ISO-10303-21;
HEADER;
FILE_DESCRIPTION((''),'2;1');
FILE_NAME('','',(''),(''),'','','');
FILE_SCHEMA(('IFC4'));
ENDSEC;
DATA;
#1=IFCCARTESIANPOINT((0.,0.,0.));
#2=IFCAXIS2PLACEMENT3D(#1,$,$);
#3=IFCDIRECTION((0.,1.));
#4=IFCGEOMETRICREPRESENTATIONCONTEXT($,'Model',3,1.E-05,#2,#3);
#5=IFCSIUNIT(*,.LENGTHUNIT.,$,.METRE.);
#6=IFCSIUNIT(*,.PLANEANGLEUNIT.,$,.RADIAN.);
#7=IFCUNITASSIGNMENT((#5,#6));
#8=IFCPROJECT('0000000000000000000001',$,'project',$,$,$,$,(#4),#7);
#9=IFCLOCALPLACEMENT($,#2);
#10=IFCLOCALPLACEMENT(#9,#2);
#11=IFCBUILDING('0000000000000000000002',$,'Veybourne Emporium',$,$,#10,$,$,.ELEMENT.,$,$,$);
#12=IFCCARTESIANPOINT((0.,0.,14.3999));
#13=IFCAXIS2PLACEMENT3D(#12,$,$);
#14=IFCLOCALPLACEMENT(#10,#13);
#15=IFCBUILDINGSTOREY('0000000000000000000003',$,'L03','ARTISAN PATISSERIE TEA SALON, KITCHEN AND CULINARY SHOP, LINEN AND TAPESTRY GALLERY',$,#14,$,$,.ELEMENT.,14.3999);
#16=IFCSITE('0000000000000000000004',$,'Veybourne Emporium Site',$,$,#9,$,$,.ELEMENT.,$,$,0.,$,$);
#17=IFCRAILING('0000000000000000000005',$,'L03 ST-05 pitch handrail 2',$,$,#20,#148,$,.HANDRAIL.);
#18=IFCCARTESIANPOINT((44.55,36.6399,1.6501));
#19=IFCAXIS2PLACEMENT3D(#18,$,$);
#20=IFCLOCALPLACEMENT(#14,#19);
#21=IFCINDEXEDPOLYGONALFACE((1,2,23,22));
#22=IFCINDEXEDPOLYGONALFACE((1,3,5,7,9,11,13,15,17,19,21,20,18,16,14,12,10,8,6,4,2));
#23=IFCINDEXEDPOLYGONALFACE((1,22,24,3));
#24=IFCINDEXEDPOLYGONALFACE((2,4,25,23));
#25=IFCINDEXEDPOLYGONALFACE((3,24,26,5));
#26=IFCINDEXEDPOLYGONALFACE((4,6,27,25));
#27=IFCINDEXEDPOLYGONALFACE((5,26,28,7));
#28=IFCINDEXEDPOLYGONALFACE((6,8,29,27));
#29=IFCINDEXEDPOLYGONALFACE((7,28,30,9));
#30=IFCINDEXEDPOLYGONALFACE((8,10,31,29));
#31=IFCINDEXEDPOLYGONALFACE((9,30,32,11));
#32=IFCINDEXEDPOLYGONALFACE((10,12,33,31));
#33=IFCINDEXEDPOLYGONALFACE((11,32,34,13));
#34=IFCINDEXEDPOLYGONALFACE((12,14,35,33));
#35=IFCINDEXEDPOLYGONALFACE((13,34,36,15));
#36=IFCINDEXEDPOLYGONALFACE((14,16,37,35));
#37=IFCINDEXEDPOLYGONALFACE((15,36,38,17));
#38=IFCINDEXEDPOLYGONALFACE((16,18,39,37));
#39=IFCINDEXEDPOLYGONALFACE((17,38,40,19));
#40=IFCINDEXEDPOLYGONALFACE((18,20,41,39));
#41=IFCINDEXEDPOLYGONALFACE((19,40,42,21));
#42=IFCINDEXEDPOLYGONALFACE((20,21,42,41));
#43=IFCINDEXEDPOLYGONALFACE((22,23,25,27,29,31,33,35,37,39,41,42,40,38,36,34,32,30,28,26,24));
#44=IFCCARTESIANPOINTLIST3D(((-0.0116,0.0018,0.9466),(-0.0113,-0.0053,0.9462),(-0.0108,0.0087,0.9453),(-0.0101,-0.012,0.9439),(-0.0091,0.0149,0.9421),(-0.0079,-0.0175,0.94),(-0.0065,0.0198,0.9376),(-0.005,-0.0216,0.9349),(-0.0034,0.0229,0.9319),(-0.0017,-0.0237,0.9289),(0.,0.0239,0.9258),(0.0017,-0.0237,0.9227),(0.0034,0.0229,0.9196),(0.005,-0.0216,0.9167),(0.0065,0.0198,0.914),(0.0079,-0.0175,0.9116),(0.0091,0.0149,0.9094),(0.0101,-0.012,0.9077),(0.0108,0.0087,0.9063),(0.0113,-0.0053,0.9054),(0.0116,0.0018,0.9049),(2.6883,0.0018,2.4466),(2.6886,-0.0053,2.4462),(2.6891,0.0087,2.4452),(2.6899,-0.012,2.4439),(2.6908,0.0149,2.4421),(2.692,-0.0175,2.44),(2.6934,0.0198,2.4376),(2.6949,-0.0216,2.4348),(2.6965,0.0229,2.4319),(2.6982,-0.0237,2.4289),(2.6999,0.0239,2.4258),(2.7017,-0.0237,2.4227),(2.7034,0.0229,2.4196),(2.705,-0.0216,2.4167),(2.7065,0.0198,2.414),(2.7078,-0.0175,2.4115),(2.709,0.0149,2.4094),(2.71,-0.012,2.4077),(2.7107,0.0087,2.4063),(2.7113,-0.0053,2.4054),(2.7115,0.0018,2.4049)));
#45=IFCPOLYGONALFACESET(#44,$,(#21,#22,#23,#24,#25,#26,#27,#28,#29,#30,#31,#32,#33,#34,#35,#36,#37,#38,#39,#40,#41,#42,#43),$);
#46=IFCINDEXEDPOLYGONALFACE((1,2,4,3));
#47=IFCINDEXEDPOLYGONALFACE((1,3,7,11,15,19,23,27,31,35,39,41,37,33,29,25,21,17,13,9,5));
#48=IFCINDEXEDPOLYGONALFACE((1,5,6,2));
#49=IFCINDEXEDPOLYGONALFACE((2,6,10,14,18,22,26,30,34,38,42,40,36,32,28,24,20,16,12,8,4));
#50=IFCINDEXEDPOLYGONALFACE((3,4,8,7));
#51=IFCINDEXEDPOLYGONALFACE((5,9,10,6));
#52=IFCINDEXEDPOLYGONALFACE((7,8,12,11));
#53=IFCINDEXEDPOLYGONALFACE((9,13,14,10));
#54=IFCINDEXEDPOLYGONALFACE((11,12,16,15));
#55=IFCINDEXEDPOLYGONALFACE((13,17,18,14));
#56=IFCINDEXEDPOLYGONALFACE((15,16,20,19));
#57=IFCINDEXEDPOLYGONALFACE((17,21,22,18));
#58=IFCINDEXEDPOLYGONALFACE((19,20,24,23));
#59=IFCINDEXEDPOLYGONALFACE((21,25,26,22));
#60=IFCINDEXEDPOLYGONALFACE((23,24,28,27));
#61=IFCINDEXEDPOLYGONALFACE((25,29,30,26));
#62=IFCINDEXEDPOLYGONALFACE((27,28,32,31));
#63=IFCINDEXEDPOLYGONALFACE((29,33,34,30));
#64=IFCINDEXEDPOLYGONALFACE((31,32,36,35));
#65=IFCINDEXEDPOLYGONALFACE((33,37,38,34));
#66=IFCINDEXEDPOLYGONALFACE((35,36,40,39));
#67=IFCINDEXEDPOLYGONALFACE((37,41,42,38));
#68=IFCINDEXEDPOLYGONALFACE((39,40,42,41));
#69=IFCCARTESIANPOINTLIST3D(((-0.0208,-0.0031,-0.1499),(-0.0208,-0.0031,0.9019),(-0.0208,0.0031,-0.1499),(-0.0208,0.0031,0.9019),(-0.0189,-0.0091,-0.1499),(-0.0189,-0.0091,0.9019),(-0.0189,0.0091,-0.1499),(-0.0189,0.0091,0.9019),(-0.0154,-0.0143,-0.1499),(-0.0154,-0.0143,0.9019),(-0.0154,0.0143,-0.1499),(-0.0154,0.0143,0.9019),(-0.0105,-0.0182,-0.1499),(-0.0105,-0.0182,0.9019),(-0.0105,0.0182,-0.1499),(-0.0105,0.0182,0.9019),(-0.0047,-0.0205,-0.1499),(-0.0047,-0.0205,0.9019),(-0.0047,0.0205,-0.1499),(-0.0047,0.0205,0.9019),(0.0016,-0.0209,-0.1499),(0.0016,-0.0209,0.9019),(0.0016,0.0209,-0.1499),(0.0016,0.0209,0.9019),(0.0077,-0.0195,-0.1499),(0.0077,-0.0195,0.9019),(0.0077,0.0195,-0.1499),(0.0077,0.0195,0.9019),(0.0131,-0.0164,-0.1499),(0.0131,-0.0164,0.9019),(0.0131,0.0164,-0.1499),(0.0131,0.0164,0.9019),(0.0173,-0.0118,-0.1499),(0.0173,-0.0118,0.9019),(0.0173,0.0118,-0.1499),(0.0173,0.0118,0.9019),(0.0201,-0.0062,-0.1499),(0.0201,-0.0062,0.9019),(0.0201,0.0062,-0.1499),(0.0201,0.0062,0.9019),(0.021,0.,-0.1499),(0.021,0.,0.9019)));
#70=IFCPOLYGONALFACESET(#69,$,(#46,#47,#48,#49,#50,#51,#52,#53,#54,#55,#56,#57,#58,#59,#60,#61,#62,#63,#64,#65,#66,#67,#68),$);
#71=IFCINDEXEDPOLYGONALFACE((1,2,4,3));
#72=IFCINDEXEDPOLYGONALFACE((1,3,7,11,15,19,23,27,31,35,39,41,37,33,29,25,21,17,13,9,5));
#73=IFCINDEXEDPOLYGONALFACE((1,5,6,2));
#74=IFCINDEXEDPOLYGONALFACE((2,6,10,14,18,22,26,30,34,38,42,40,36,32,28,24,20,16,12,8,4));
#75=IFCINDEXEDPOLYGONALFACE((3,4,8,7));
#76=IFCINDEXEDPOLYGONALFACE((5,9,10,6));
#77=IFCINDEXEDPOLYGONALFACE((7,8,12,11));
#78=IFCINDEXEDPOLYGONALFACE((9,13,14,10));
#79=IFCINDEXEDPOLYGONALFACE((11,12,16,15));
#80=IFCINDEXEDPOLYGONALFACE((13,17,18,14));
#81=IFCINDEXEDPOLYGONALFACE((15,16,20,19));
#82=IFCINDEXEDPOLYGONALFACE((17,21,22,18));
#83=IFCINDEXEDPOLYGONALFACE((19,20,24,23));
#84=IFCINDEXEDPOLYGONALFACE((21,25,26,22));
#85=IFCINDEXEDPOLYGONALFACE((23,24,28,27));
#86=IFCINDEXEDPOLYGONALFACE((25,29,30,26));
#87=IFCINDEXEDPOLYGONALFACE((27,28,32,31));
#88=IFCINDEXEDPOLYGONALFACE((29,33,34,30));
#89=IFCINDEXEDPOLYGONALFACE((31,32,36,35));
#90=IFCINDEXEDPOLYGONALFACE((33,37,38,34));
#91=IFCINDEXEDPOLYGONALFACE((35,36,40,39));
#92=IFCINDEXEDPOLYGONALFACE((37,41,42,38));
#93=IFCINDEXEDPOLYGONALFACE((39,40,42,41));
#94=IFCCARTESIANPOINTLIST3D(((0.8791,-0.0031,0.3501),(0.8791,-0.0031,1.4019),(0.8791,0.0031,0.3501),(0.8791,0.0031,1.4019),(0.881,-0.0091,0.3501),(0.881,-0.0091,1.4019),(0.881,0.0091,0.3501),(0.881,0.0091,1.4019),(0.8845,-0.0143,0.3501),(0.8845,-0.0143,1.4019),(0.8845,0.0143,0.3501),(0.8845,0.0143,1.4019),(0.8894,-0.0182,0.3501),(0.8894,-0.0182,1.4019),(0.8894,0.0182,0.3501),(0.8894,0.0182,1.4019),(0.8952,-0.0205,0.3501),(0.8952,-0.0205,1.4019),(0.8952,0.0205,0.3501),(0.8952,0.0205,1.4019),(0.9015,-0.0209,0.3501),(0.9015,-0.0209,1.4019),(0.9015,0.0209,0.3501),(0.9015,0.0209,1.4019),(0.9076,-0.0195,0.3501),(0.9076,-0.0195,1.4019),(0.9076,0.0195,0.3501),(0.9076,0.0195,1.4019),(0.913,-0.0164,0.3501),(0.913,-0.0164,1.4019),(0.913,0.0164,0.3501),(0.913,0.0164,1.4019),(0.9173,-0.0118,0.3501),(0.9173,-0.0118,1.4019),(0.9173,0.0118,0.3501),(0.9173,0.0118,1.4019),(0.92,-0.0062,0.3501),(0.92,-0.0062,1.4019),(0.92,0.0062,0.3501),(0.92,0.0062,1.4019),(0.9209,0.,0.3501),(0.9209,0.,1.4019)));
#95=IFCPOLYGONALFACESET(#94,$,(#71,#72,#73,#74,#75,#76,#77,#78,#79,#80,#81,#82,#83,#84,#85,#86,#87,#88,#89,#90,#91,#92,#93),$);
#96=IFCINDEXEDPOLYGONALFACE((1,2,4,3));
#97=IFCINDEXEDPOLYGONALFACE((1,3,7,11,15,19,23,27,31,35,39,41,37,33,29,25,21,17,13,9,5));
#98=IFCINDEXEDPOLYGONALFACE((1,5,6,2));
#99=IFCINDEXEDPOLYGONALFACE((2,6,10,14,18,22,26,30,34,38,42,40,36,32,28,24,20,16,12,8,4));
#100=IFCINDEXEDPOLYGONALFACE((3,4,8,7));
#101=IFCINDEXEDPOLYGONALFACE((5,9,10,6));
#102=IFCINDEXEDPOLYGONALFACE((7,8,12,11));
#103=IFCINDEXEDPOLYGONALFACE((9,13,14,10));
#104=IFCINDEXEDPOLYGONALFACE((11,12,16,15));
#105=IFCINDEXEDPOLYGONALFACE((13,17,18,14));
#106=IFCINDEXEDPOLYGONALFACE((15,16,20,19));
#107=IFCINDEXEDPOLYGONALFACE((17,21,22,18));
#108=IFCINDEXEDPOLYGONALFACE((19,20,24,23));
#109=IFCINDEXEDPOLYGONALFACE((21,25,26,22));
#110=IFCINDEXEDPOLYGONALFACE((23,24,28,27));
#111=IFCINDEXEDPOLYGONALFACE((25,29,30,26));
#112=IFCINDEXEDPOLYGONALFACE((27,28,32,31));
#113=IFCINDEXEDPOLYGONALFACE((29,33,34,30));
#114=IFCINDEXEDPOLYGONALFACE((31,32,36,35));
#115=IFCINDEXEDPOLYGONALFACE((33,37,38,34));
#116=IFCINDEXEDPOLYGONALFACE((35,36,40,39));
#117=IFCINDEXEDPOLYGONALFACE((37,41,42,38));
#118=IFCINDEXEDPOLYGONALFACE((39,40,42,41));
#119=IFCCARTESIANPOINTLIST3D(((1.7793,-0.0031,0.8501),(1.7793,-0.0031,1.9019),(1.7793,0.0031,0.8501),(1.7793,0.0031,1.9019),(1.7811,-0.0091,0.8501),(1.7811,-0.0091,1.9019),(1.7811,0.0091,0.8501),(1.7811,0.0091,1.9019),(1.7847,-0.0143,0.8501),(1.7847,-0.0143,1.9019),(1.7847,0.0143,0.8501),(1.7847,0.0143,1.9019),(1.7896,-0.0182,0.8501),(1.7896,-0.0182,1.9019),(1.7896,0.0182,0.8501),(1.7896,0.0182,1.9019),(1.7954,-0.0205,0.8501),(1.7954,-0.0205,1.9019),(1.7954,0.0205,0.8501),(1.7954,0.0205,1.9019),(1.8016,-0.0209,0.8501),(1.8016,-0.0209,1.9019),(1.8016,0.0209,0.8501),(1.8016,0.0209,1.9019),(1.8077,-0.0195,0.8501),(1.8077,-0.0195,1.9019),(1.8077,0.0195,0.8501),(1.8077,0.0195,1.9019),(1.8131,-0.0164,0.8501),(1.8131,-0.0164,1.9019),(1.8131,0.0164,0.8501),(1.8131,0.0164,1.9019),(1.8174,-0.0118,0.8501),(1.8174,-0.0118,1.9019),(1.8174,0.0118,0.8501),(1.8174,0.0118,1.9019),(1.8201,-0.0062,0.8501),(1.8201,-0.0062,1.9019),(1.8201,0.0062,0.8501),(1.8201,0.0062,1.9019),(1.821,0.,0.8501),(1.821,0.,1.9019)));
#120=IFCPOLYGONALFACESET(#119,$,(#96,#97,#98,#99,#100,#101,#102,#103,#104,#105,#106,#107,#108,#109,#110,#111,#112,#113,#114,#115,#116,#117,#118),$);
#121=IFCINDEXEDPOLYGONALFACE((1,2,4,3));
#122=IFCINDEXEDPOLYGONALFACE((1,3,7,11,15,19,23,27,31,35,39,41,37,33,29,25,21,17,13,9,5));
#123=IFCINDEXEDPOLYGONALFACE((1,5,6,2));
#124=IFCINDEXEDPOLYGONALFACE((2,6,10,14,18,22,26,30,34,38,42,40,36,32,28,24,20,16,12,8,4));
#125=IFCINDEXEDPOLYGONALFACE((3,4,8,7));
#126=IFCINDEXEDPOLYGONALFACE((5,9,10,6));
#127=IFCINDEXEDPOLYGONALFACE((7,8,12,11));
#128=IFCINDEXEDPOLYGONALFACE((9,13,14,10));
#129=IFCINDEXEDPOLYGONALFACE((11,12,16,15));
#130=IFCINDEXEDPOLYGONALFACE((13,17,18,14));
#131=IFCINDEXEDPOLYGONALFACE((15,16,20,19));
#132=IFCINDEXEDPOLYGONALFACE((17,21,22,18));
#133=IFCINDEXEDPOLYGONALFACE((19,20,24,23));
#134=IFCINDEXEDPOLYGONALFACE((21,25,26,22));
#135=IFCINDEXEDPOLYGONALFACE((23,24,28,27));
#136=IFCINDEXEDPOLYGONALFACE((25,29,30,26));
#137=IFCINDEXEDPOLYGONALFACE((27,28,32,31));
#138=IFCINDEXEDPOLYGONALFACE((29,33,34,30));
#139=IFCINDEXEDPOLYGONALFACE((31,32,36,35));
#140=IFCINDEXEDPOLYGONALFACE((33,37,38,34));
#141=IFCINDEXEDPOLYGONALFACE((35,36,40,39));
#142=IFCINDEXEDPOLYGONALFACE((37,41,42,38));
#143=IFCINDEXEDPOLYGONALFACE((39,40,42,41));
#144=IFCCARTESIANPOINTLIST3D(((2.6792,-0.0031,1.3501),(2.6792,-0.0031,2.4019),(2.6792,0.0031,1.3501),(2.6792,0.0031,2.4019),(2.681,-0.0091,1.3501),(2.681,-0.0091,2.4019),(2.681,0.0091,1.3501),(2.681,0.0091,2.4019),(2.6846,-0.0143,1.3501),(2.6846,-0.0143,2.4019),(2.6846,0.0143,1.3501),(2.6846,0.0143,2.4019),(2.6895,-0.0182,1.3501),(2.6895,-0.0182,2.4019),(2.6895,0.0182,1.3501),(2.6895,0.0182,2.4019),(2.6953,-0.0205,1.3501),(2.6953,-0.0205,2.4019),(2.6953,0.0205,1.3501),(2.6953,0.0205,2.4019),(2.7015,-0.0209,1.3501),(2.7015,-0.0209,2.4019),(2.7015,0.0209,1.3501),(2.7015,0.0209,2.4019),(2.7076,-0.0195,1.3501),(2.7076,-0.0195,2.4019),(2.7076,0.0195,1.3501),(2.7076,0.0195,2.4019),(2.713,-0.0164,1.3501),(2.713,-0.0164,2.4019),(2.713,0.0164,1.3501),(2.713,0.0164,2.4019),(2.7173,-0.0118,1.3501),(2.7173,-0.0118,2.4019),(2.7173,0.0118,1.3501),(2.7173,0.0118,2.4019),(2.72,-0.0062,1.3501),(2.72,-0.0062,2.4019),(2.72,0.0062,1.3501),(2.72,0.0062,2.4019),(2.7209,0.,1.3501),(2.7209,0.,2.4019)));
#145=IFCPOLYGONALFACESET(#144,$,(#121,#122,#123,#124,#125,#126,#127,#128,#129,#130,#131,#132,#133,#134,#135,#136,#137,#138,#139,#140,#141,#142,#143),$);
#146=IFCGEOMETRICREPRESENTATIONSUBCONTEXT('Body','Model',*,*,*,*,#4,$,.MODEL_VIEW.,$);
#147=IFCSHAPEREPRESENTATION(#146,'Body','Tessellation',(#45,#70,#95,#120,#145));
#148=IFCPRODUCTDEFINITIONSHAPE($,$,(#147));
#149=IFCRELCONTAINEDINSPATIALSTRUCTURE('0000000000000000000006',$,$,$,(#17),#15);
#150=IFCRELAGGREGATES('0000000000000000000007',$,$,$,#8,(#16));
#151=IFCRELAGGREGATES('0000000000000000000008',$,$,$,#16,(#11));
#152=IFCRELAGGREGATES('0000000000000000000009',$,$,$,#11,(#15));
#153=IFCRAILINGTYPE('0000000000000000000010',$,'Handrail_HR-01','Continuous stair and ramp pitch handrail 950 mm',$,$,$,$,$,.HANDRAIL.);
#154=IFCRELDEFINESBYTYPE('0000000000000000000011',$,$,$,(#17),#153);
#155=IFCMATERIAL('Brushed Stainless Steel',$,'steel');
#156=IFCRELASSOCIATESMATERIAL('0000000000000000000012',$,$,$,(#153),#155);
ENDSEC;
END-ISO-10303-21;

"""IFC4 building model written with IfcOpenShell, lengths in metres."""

from ifc_helpers import new_model, si_unit, direction, frame, origin, origin_2d, place, context, subcontext, project, spatial, circle, extrude, material, type_object, element, save


model = new_model("IFC4")

# Units and contexts
model_context = context("Model", 3, precision=1e-05, world=origin(), true_north=direction((0.0, 1.0)))
body_context = subcontext(model_context, "Body", "Model", "MODEL_VIEW")
ifc_project = project(units=[si_unit("LENGTHUNIT", "METRE"), si_unit("PLANEANGLEUNIT", "RADIAN")], contexts=[model_context])

# Site, building, storey
site_placement = place(None, origin())
site = spatial("IfcSite", under=ifc_project, at=site_placement, Name="Veybourne Emporium Site", CompositionType="ELEMENT", RefElevation=0.0)
building_placement = place(site_placement, origin())
building = spatial("IfcBuilding", under=site, at=building_placement, Name="Veybourne Emporium", CompositionType="ELEMENT")
storey_placement = place(building_placement, frame((0.0, 0.0, 14.3999)))
storey = spatial("IfcBuildingStorey", under=building, at=storey_placement, Name="L03", Description="ARTISAN PATISSERIE TEA SALON, KITCHEN AND CULINARY SHOP, LINEN AND TAPESTRY GALLERY", CompositionType="ELEMENT", Elevation=14.3999)

# Railing
ifc_material_1 = material(Name="Brushed Stainless Steel", Category="steel")
railing_type_1 = type_object("IfcRailingType", Name="Handrail_HR-01", Description="Continuous stair and ramp pitch handrail 950 mm", PredefinedType="HANDRAIL", material=ifc_material_1)
railing_1_placement = place(storey_placement, frame((44.55, 36.6399, 1.6501)))
element("IfcRailing", 1, at=railing_1_placement, inside=storey, type_object=railing_type_1, Name="L03 ST-05 pitch handrail 2", PredefinedType="HANDRAIL", context=body_context, shape_type="SweptSolid", body=[
    extrude(circle(Radius=0.0239, at=origin_2d()), frame((0.0, 0.0, 0.9258), z_axis=(0.874154, 0.0, 0.48565), x_axis=(0.0, 1.0, 0.0)), (0.0, 0.0, 1.0), 3.0886),
    extrude(circle(Radius=0.021, at=origin_2d()), frame((0.0, 0.0, -0.1499)), (0.0, 0.0, 1.0), 1.0518),
    extrude(circle(Radius=0.021, at=origin_2d()), frame((0.8999, 0.0, 0.3501)), (0.0, 0.0, 1.0), 1.0518),
    extrude(circle(Radius=0.021, at=origin_2d()), frame((1.8, 0.0, 0.8501)), (0.0, 0.0, 1.0), 1.0518),
    extrude(circle(Radius=0.021, at=origin_2d()), frame((2.7, 0.0, 1.3501)), (0.0, 0.0, 1.0), 1.0518),
])

save(model, "model.ifc")
